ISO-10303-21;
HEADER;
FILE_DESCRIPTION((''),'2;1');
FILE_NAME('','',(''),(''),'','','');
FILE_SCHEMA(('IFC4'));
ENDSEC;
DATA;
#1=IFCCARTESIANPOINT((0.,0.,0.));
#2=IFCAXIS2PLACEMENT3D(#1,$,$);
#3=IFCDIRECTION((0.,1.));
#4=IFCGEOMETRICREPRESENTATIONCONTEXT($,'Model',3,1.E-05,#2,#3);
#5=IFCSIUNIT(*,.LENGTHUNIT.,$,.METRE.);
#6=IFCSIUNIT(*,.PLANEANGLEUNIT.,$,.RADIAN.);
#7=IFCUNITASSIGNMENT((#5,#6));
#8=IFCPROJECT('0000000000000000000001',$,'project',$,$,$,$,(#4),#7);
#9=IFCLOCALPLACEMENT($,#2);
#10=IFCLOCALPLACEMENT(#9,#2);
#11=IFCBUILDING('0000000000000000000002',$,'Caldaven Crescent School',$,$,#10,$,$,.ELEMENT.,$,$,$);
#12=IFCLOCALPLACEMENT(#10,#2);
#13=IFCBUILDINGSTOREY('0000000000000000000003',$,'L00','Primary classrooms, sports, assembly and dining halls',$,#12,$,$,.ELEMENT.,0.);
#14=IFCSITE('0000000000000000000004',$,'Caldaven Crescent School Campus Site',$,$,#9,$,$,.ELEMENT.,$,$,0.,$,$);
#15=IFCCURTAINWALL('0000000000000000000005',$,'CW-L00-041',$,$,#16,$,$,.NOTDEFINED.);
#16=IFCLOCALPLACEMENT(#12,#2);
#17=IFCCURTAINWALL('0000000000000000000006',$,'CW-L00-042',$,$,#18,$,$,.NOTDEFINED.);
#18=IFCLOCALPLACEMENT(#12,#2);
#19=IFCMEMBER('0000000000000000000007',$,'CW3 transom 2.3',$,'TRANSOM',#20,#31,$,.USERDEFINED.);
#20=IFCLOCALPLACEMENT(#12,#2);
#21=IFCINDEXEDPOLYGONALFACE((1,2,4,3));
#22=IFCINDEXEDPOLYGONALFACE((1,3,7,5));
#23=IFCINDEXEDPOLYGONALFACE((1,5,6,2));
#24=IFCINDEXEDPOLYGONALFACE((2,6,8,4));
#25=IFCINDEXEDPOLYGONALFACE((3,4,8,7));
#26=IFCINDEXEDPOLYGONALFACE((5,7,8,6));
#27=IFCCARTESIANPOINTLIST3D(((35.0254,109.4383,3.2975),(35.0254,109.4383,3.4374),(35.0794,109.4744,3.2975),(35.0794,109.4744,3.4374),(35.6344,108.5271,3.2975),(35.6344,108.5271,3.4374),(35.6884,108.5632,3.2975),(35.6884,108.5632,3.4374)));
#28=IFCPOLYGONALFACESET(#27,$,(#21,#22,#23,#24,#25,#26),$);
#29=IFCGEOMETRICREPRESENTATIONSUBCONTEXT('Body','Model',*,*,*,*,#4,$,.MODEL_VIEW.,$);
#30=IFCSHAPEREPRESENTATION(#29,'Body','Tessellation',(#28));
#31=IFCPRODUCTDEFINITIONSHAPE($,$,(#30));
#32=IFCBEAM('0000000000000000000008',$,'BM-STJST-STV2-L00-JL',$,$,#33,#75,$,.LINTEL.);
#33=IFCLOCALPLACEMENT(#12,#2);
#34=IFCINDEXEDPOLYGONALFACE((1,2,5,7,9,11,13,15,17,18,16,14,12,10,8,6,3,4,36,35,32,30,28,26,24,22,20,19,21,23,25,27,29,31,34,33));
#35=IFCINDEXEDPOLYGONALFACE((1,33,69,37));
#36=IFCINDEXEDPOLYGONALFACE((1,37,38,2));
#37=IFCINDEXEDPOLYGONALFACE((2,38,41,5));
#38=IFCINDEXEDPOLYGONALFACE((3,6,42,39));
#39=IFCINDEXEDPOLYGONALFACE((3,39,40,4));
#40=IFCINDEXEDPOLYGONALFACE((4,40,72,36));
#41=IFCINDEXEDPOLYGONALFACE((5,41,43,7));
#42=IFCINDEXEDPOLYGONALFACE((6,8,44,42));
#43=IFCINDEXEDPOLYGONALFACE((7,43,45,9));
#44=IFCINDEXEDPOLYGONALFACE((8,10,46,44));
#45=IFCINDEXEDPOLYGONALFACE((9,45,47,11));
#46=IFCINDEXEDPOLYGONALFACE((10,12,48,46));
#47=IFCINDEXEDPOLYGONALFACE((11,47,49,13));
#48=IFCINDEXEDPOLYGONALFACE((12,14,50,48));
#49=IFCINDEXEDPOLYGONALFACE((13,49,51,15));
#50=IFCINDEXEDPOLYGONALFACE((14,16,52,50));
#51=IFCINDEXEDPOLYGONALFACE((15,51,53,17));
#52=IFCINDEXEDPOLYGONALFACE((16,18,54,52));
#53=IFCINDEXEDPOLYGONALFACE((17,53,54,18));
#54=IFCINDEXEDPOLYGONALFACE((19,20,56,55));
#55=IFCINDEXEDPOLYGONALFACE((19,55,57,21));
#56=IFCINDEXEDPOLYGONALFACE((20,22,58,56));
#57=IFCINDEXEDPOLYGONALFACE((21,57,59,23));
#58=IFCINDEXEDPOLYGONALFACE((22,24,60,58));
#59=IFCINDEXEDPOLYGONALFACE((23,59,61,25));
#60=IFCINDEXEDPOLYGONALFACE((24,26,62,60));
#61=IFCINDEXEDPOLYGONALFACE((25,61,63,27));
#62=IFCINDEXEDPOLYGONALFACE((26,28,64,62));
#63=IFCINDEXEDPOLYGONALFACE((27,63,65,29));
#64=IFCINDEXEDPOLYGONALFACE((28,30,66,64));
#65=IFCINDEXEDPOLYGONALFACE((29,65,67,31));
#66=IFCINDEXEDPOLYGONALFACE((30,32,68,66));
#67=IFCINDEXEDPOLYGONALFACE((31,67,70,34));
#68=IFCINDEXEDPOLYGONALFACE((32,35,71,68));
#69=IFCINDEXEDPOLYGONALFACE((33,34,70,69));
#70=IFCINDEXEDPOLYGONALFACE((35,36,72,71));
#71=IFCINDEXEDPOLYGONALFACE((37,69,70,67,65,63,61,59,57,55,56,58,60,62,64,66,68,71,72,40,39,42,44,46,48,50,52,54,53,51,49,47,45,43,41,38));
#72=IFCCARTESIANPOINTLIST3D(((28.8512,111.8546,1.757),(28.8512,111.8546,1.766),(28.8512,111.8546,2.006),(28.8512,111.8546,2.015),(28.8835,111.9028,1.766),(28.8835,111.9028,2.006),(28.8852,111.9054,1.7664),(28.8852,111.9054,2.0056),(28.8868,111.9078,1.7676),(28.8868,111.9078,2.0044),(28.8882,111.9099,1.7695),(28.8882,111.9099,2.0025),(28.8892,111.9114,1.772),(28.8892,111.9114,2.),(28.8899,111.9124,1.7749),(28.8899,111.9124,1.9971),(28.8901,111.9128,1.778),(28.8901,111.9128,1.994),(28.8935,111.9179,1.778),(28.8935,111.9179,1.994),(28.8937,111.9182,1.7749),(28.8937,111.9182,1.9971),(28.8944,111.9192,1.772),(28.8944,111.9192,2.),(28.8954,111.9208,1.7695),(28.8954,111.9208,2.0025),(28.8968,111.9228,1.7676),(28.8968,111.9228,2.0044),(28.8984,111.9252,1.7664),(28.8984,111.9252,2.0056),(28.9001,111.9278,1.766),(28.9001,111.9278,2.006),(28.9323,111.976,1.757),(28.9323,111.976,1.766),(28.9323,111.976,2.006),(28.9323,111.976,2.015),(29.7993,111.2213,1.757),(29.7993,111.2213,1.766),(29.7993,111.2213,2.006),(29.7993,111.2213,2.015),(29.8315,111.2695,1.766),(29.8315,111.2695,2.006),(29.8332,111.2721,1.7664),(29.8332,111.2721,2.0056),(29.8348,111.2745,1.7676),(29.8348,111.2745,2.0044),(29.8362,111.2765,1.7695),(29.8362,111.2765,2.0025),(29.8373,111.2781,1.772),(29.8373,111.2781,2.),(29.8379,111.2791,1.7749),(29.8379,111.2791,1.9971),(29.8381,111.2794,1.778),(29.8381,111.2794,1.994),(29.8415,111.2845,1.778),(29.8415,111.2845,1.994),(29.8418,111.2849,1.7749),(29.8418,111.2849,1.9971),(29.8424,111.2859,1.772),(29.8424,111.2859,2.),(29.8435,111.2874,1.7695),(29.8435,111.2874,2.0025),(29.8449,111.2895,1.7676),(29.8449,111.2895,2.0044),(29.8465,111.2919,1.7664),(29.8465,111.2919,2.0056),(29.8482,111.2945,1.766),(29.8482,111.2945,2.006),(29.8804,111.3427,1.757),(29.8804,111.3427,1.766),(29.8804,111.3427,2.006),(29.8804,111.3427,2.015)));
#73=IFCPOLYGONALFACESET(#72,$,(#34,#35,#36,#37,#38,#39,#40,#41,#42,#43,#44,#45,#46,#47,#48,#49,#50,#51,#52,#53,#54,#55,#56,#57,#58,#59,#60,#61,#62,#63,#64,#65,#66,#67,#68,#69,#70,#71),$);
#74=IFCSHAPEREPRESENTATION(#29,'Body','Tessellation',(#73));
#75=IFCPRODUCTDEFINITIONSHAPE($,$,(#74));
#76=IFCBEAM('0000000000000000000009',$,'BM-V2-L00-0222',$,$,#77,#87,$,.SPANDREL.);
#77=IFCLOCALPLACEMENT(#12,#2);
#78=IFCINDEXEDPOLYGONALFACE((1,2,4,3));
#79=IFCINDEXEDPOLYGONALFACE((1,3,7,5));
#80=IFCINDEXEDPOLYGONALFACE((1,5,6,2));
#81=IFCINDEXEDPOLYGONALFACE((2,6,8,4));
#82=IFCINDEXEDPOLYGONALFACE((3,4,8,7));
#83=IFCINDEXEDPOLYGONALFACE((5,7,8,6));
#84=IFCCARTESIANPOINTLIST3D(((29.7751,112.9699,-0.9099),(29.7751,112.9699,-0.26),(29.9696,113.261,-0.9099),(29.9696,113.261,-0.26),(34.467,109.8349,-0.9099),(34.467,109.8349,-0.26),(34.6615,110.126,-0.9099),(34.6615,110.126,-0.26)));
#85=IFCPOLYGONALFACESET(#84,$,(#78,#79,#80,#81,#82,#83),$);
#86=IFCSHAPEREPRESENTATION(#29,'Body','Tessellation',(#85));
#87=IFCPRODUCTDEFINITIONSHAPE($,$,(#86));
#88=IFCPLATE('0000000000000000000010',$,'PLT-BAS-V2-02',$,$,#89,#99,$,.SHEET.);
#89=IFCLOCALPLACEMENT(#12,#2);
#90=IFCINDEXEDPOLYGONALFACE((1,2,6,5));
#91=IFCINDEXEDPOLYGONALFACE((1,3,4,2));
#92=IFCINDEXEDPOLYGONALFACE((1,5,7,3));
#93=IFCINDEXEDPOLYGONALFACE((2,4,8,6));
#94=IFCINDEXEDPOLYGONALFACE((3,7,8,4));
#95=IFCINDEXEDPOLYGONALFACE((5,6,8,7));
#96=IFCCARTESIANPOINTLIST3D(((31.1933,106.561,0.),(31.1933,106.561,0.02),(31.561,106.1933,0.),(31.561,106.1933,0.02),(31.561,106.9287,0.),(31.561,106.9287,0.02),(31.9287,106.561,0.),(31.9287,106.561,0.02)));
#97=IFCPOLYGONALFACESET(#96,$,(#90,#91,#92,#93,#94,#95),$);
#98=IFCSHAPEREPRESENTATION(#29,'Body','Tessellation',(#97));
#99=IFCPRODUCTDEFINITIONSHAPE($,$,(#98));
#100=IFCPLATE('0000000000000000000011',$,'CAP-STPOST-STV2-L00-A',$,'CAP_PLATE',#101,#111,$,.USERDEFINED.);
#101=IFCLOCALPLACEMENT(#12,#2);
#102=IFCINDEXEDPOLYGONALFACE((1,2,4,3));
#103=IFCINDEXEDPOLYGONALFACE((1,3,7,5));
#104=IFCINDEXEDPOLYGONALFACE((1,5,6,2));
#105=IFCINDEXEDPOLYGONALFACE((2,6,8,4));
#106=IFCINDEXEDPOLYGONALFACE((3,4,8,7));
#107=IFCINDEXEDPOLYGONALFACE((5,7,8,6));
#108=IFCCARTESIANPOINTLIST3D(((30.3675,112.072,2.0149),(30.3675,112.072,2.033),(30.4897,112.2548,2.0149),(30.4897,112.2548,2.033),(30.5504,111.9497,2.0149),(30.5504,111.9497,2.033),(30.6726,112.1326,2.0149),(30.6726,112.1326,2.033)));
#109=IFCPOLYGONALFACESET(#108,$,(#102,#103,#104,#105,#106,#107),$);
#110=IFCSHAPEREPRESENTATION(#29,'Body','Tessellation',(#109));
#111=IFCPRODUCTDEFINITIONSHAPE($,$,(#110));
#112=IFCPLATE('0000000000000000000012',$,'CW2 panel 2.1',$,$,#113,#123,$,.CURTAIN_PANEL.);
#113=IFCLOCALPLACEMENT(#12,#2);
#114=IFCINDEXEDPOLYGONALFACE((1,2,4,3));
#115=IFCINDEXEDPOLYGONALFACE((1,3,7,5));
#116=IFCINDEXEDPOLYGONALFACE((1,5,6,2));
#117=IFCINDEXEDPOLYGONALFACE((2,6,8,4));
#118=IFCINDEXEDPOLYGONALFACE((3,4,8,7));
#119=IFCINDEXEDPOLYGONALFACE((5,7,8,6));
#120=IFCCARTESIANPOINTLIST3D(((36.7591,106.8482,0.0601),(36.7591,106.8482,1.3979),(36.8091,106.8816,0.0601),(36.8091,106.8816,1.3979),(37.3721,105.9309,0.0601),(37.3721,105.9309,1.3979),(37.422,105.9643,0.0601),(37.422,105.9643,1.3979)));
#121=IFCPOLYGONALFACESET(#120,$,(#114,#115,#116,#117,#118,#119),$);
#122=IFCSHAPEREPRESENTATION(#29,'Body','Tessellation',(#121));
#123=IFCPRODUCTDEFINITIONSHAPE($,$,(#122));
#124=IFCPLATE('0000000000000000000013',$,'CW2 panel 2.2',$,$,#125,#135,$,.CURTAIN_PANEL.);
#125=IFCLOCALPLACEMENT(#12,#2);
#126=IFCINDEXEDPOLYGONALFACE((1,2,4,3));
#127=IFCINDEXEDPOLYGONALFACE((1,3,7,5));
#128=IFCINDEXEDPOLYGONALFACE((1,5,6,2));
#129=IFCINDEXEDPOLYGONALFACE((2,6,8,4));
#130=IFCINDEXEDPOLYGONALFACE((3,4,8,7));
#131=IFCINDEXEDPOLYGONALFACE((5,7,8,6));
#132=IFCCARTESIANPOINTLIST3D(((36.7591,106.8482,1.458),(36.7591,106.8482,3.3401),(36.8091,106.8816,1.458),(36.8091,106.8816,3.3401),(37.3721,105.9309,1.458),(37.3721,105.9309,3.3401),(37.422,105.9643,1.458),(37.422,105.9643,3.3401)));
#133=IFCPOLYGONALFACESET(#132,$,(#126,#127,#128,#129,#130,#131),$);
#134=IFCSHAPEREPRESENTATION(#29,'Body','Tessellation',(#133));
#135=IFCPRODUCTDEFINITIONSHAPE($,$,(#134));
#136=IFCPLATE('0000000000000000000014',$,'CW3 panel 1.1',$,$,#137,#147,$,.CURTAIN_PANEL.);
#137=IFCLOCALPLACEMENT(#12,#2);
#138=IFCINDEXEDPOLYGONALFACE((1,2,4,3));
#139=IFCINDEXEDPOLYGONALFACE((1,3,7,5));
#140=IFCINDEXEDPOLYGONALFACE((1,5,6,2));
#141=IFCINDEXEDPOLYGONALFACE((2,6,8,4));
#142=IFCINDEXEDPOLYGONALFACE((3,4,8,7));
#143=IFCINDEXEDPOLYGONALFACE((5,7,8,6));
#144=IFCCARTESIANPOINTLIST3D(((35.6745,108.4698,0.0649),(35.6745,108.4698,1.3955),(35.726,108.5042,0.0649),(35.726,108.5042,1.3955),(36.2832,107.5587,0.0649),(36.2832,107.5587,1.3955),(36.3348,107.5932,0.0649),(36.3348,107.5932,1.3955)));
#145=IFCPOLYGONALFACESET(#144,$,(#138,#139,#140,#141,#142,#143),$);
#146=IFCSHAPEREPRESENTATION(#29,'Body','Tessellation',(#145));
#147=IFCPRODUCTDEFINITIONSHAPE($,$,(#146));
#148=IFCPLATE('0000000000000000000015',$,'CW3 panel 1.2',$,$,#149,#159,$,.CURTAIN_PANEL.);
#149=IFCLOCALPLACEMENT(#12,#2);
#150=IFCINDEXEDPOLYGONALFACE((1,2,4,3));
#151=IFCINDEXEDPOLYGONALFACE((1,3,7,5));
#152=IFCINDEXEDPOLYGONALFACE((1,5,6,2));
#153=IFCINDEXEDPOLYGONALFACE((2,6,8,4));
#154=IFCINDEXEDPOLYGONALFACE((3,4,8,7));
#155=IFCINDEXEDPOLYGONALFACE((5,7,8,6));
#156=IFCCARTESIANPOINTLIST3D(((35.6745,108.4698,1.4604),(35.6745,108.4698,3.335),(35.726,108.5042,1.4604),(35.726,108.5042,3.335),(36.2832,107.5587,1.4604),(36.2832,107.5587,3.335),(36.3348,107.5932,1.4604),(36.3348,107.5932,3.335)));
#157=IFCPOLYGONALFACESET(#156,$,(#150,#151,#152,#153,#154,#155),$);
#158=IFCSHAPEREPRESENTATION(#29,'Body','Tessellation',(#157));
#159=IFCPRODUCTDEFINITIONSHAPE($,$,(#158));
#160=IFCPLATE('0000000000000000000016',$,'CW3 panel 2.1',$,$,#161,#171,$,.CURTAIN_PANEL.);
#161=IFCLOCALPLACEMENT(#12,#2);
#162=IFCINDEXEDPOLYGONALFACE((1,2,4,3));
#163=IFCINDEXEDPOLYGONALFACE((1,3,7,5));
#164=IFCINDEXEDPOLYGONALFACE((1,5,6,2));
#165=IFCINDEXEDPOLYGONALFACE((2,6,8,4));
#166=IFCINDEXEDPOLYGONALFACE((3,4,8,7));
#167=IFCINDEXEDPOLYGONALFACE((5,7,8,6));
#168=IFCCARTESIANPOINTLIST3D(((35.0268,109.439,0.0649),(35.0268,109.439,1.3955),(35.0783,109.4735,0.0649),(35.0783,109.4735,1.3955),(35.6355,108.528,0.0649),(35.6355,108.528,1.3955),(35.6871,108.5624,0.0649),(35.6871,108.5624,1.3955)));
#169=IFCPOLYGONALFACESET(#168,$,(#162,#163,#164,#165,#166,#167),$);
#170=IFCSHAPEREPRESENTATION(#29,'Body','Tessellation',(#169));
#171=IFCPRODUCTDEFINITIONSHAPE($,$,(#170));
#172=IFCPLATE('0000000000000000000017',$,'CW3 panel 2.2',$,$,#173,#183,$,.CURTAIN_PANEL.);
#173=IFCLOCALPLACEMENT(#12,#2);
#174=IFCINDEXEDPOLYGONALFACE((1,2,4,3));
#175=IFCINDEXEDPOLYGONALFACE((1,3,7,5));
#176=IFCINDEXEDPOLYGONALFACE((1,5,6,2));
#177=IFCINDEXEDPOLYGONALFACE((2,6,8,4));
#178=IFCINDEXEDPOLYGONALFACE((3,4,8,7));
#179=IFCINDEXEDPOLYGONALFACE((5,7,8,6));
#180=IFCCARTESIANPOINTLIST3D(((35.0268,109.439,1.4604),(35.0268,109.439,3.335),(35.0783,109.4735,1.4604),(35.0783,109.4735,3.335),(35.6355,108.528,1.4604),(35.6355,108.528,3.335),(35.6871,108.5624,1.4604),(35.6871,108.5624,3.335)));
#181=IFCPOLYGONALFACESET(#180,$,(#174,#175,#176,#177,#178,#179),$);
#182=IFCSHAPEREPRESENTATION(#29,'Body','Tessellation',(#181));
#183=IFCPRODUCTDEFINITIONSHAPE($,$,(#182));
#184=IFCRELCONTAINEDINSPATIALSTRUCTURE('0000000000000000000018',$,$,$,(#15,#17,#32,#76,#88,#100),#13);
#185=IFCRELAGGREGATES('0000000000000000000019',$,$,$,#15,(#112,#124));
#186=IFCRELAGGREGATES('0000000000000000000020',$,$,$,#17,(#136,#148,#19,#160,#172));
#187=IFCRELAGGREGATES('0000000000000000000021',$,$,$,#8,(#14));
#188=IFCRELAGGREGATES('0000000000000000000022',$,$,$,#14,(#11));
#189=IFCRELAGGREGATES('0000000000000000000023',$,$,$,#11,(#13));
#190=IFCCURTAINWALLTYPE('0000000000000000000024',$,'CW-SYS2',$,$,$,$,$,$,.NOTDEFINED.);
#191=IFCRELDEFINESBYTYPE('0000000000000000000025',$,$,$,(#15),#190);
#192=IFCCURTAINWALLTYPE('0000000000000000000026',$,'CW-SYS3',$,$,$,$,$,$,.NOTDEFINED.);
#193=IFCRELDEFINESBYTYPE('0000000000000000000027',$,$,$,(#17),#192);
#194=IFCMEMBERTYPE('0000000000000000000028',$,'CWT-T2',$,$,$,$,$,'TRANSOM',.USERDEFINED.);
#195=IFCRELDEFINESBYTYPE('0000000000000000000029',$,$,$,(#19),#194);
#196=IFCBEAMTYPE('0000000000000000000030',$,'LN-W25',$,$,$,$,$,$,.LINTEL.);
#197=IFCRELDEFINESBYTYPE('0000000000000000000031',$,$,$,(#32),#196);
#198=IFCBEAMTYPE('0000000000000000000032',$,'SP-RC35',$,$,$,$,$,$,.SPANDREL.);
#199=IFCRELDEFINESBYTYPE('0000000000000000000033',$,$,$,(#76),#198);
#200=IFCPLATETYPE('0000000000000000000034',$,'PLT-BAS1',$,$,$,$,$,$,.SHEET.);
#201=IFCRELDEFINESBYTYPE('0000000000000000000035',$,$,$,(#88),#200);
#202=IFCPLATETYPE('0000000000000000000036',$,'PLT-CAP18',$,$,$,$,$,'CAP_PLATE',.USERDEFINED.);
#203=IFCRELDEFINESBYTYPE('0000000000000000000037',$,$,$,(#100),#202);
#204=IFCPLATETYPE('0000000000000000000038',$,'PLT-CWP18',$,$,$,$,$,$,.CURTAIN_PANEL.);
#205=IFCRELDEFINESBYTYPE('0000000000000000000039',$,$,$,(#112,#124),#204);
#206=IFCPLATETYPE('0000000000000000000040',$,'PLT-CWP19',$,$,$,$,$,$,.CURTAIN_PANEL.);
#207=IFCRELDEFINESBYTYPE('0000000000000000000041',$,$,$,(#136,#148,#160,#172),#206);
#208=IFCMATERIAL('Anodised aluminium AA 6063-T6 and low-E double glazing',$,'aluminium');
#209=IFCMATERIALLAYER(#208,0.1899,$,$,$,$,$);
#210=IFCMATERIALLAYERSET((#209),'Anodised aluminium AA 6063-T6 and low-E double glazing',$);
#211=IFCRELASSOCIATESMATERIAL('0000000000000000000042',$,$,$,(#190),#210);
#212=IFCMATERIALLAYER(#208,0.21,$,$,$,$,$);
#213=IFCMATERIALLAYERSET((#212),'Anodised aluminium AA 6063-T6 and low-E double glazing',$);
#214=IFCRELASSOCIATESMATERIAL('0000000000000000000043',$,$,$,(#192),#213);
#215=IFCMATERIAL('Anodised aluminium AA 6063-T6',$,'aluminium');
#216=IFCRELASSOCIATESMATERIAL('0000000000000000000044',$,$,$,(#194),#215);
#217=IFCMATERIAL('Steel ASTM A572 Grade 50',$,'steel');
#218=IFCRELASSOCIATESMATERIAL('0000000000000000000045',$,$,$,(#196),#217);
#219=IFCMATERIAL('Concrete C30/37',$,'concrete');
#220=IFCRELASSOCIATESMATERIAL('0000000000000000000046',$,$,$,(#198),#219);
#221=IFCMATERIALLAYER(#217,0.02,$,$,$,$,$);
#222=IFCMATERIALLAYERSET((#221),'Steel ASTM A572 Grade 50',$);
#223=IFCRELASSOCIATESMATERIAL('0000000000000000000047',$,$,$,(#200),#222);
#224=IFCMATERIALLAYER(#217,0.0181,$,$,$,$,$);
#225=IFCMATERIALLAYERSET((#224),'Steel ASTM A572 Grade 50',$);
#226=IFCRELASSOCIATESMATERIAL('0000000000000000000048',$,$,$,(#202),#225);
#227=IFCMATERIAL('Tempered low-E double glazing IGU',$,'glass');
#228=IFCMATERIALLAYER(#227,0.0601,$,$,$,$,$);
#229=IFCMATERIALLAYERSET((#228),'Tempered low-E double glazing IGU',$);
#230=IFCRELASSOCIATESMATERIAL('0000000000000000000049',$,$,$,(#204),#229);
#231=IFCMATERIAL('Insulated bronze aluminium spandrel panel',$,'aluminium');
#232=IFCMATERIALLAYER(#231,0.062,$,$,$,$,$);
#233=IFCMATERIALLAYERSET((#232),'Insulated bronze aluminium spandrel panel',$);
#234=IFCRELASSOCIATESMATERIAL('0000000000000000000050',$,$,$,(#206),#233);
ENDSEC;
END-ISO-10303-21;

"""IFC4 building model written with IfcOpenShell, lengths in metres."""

from ifc_helpers import new_model, si_unit, direction, frame, origin, origin_2d, place, context, subcontext, project, spatial, rectangle, i_section, extrude, material, layer, layer_set, material_profile, profile_set, type_object, element, aggregate, save


model = new_model("IFC4")

# Units and contexts
model_context = context("Model", 3, precision=1e-05, world=origin(), true_north=direction((0.0, 1.0)))
body_context = subcontext(model_context, "Body", "Model", "MODEL_VIEW")
ifc_project = project(units=[si_unit("LENGTHUNIT", "METRE"), si_unit("PLANEANGLEUNIT", "RADIAN")], contexts=[model_context])

# Site, building, storey
site_placement = place(None, origin())
site = spatial("IfcSite", under=ifc_project, at=site_placement, Name="Caldaven Crescent School Campus Site", CompositionType="ELEMENT", RefElevation=0.0)
building_placement = place(site_placement, origin())
building = spatial("IfcBuilding", under=site, at=building_placement, Name="Caldaven Crescent School", CompositionType="ELEMENT")
storey_placement = place(building_placement, origin())
storey = spatial("IfcBuildingStorey", under=building, at=storey_placement, Name="L00", Description="Primary classrooms, sports, assembly and dining halls", CompositionType="ELEMENT", Elevation=0.0)

# Shared definitions
ifc_material_1 = material(Name="Steel ASTM A572 Grade 50", Category="steel")
ifc_material_2 = material(Name="Concrete C30/37", Category="concrete")

# Curtain wall
ifc_material_3 = material(Name="Anodised aluminium AA 6063-T6 and low-E double glazing", Category="aluminium")
ifc_layer_1 = layer(ifc_material_3, 0.1899)
ifc_layer_set_1 = layer_set([ifc_layer_1], Name="Anodised aluminium AA 6063-T6 and low-E double glazing")
curtain_wall_type_1 = type_object("IfcCurtainWallType", Name="CW-SYS2", PredefinedType="NOTDEFINED", material=ifc_layer_set_1)
curtain_wall_1_placement = place(storey_placement, origin())
curtain_wall_1 = element("IfcCurtainWall", 1, at=curtain_wall_1_placement, inside=storey, type_object=curtain_wall_type_1, Name="CW-L00-041", PredefinedType="NOTDEFINED")
ifc_material_4 = material(Name="Anodised aluminium AA 6063-T6", Category="aluminium")

# Curtain wall
ifc_layer_2 = layer(ifc_material_3, 0.21)
ifc_layer_set_2 = layer_set([ifc_layer_2], Name="Anodised aluminium AA 6063-T6 and low-E double glazing")
curtain_wall_type_2 = type_object("IfcCurtainWallType", Name="CW-SYS3", PredefinedType="NOTDEFINED", material=ifc_layer_set_2)
curtain_wall_2_placement = place(storey_placement, origin())
curtain_wall_2 = element("IfcCurtainWall", 2, at=curtain_wall_2_placement, inside=storey, type_object=curtain_wall_type_2, Name="CW-L00-042", PredefinedType="NOTDEFINED")

# Member
ifc_material_profile_1 = material_profile(ifc_material_4, rectangle(XDim=0.0649, YDim=0.1399, at=origin_2d()), Name="CWT 65x140")
ifc_profile_set_1 = profile_set([ifc_material_profile_1], Name="Anodised aluminium AA 6063-T6")
member_type_1 = type_object("IfcMemberType", Name="CWT-T2", ElementType="TRANSOM", PredefinedType="USERDEFINED", material=ifc_profile_set_1)
member_1_placement = place(storey_placement, frame((35.6614, 108.5452, 3.3674), z_axis=(-0.555625, 0.831433, 0.0), x_axis=(-0.831433, -0.555625, 0.0)))
member_1 = element("IfcMember", 3, at=member_1_placement, type_object=member_type_1, Name="CW3 transom 2.3", ObjectType="TRANSOM", PredefinedType="USERDEFINED", context=body_context, shape_type="SweptSolid", body=[
    extrude(rectangle(XDim=0.0649, YDim=0.1399, at=origin_2d()), origin(), (0.0, 0.0, 1.0), 1.0959),
])

# Beams
ifc_material_profile_2 = material_profile(ifc_material_1, i_section(OverallWidth=0.146, OverallDepth=0.2581, WebThickness=0.0061, FlangeThickness=0.009, FilletRadius=0.012, at=origin_2d()), Name="W250x33")
ifc_profile_set_2 = profile_set([ifc_material_profile_2], Name="Steel ASTM A572 Grade 50")
beam_type_1 = type_object("IfcBeamType", Name="LN-W25", PredefinedType="LINTEL", material=ifc_profile_set_2)
beam_1_placement = place(storey_placement, frame((29.8398, 111.282, 1.886), z_axis=(-0.831523, 0.555491, 0.0), x_axis=(-0.555491, -0.831523, 0.0)))
element("IfcBeam", 4, at=beam_1_placement, inside=storey, type_object=beam_type_1, Name="BM-STJST-STV2-L00-JL", PredefinedType="LINTEL", context=body_context, shape_type="SweptSolid", body=[
    extrude(i_section(OverallWidth=0.146, OverallDepth=0.2581, WebThickness=0.0061, FlangeThickness=0.009, FilletRadius=0.012, at=origin_2d()), origin(), (0.0, 0.0, 1.0), 1.1401),
])
ifc_material_profile_3 = material_profile(ifc_material_2, rectangle(XDim=0.3501, YDim=0.6499, at=origin_2d()), Name="RC 350x650")
ifc_profile_set_3 = profile_set([ifc_material_profile_3], Name="Concrete C30/37")
beam_type_2 = type_object("IfcBeamType", Name="SP-RC35", PredefinedType="SPANDREL", material=ifc_profile_set_3)
beam_2_placement = place(storey_placement, frame((34.5642, 109.9805, -0.585), z_axis=(-0.831471, 0.555569, 0.0), x_axis=(-0.555569, -0.831471, 0.0)))
element("IfcBeam", 5, at=beam_2_placement, inside=storey, type_object=beam_type_2, Name="BM-V2-L00-0222", PredefinedType="SPANDREL", context=body_context, shape_type="SweptSolid", body=[
    extrude(rectangle(XDim=0.3501, YDim=0.6499, at=origin_2d()), origin(), (0.0, 0.0, 1.0), 5.6428),
])

# Plates
ifc_layer_3 = layer(ifc_material_1, 0.02)
ifc_layer_set_3 = layer_set([ifc_layer_3], Name="Steel ASTM A572 Grade 50")
plate_type_1 = type_object("IfcPlateType", Name="PLT-BAS1", PredefinedType="SHEET", material=ifc_layer_set_3)
plate_1_placement = place(storey_placement, frame((31.561, 106.561, 0.0), z_axis=(0.0, 0.0, 1.0), x_axis=(0.707107, 0.707107, 0.0)))
element("IfcPlate", 6, at=plate_1_placement, inside=storey, type_object=plate_type_1, Name="PLT-BAS-V2-02", PredefinedType="SHEET", context=body_context, shape_type="SweptSolid", body=[
    extrude(rectangle(XDim=0.52, YDim=0.52, at=origin_2d()), origin(), (0.0, 0.0, 1.0), 0.02),
])
ifc_layer_4 = layer(ifc_material_1, 0.0181)
ifc_layer_set_4 = layer_set([ifc_layer_4], Name="Steel ASTM A572 Grade 50")
plate_type_2 = type_object("IfcPlateType", Name="PLT-CAP18", ElementType="CAP_PLATE", PredefinedType="USERDEFINED", material=ifc_layer_set_4)
plate_2_placement = place(storey_placement, frame((30.52, 112.1023, 2.0149), z_axis=(0.0, 0.0, 1.0), x_axis=(-0.83147, 0.55557, 0.0)))
element("IfcPlate", 7, at=plate_2_placement, inside=storey, type_object=plate_type_2, Name="CAP-STPOST-STV2-L00-A", ObjectType="CAP_PLATE", PredefinedType="USERDEFINED", context=body_context, shape_type="SweptSolid", body=[
    extrude(rectangle(XDim=0.22, YDim=0.22, at=origin_2d()), origin(), (0.0, 0.0, 1.0), 0.0181),
])

# Plates
ifc_material_5 = material(Name="Tempered low-E double glazing IGU", Category="glass")
ifc_layer_5 = layer(ifc_material_5, 0.0601)
ifc_layer_set_5 = layer_set([ifc_layer_5], Name="Tempered low-E double glazing IGU")
plate_type_3 = type_object("IfcPlateType", Name="PLT-CWP18", PredefinedType="CURTAIN_PANEL", material=ifc_layer_set_5)
plate_3_placement = place(storey_placement, frame((37.0906, 106.4062, 0.0601), z_axis=(0.0, 0.0, 1.0), x_axis=(-0.55557, 0.83147, 0.0)))
plate_3 = element("IfcPlate", 8, at=plate_3_placement, type_object=plate_type_3, Name="CW2 panel 2.1", PredefinedType="CURTAIN_PANEL", context=body_context, shape_type="SweptSolid", body=[
    extrude(rectangle(XDim=1.1033, YDim=0.0601, at=origin_2d()), origin(), (0.0, 0.0, 1.0), 1.3379),
])
plate_4_placement = place(storey_placement, frame((37.0906, 106.4062, 1.458), z_axis=(0.0, 0.0, 1.0), x_axis=(-0.55557, 0.83147, 0.0)))
plate_4 = element("IfcPlate", 9, at=plate_4_placement, type_object=plate_type_3, Name="CW2 panel 2.2", PredefinedType="CURTAIN_PANEL", context=body_context, shape_type="SweptSolid", body=[
    extrude(rectangle(XDim=1.1033, YDim=0.0601, at=origin_2d()), origin(), (0.0, 0.0, 1.0), 1.8821),
])
aggregate(curtain_wall_1, [plate_3, plate_4])
ifc_material_6 = material(Name="Insulated bronze aluminium spandrel panel", Category="aluminium")
ifc_layer_6 = layer(ifc_material_6, 0.062)
ifc_layer_set_6 = layer_set([ifc_layer_6], Name="Insulated bronze aluminium spandrel panel")
plate_type_4 = type_object("IfcPlateType", Name="PLT-CWP19", PredefinedType="CURTAIN_PANEL", material=ifc_layer_set_6)
plate_5_placement = place(storey_placement, frame((36.0046, 108.0315, 0.0649), z_axis=(0.0, 0.0, 1.0), x_axis=(-0.555572, 0.831468, 0.0)))
plate_5 = element("IfcPlate", 10, at=plate_5_placement, type_object=plate_type_4, Name="CW3 panel 1.1", PredefinedType="CURTAIN_PANEL", context=body_context, shape_type="SweptSolid", body=[
    extrude(rectangle(XDim=1.0957, YDim=0.062, at=origin_2d()), origin(), (0.0, 0.0, 1.0), 1.3306),
])
plate_6_placement = place(storey_placement, frame((36.0046, 108.0315, 1.4604), z_axis=(0.0, 0.0, 1.0), x_axis=(-0.555572, 0.831468, 0.0)))
plate_6 = element("IfcPlate", 11, at=plate_6_placement, type_object=plate_type_4, Name="CW3 panel 1.2", PredefinedType="CURTAIN_PANEL", context=body_context, shape_type="SweptSolid", body=[
    extrude(rectangle(XDim=1.0957, YDim=0.062, at=origin_2d()), origin(), (0.0, 0.0, 1.0), 1.8745),
])
plate_7_placement = place(storey_placement, frame((35.3569, 109.0007, 0.0649), z_axis=(0.0, 0.0, 1.0), x_axis=(-0.555572, 0.831468, 0.0)))
plate_7 = element("IfcPlate", 12, at=plate_7_placement, type_object=plate_type_4, Name="CW3 panel 2.1", PredefinedType="CURTAIN_PANEL", context=body_context, shape_type="SweptSolid", body=[
    extrude(rectangle(XDim=1.0957, YDim=0.062, at=origin_2d()), origin(), (0.0, 0.0, 1.0), 1.3306),
])
plate_8_placement = place(storey_placement, frame((35.3569, 109.0007, 1.4604), z_axis=(0.0, 0.0, 1.0), x_axis=(-0.555572, 0.831468, 0.0)))
plate_8 = element("IfcPlate", 13, at=plate_8_placement, type_object=plate_type_4, Name="CW3 panel 2.2", PredefinedType="CURTAIN_PANEL", context=body_context, shape_type="SweptSolid", body=[
    extrude(rectangle(XDim=1.0957, YDim=0.062, at=origin_2d()), origin(), (0.0, 0.0, 1.0), 1.8745),
])
aggregate(curtain_wall_2, [plate_5, plate_6, member_1, plate_7, plate_8])

save(model, "model.ifc")
